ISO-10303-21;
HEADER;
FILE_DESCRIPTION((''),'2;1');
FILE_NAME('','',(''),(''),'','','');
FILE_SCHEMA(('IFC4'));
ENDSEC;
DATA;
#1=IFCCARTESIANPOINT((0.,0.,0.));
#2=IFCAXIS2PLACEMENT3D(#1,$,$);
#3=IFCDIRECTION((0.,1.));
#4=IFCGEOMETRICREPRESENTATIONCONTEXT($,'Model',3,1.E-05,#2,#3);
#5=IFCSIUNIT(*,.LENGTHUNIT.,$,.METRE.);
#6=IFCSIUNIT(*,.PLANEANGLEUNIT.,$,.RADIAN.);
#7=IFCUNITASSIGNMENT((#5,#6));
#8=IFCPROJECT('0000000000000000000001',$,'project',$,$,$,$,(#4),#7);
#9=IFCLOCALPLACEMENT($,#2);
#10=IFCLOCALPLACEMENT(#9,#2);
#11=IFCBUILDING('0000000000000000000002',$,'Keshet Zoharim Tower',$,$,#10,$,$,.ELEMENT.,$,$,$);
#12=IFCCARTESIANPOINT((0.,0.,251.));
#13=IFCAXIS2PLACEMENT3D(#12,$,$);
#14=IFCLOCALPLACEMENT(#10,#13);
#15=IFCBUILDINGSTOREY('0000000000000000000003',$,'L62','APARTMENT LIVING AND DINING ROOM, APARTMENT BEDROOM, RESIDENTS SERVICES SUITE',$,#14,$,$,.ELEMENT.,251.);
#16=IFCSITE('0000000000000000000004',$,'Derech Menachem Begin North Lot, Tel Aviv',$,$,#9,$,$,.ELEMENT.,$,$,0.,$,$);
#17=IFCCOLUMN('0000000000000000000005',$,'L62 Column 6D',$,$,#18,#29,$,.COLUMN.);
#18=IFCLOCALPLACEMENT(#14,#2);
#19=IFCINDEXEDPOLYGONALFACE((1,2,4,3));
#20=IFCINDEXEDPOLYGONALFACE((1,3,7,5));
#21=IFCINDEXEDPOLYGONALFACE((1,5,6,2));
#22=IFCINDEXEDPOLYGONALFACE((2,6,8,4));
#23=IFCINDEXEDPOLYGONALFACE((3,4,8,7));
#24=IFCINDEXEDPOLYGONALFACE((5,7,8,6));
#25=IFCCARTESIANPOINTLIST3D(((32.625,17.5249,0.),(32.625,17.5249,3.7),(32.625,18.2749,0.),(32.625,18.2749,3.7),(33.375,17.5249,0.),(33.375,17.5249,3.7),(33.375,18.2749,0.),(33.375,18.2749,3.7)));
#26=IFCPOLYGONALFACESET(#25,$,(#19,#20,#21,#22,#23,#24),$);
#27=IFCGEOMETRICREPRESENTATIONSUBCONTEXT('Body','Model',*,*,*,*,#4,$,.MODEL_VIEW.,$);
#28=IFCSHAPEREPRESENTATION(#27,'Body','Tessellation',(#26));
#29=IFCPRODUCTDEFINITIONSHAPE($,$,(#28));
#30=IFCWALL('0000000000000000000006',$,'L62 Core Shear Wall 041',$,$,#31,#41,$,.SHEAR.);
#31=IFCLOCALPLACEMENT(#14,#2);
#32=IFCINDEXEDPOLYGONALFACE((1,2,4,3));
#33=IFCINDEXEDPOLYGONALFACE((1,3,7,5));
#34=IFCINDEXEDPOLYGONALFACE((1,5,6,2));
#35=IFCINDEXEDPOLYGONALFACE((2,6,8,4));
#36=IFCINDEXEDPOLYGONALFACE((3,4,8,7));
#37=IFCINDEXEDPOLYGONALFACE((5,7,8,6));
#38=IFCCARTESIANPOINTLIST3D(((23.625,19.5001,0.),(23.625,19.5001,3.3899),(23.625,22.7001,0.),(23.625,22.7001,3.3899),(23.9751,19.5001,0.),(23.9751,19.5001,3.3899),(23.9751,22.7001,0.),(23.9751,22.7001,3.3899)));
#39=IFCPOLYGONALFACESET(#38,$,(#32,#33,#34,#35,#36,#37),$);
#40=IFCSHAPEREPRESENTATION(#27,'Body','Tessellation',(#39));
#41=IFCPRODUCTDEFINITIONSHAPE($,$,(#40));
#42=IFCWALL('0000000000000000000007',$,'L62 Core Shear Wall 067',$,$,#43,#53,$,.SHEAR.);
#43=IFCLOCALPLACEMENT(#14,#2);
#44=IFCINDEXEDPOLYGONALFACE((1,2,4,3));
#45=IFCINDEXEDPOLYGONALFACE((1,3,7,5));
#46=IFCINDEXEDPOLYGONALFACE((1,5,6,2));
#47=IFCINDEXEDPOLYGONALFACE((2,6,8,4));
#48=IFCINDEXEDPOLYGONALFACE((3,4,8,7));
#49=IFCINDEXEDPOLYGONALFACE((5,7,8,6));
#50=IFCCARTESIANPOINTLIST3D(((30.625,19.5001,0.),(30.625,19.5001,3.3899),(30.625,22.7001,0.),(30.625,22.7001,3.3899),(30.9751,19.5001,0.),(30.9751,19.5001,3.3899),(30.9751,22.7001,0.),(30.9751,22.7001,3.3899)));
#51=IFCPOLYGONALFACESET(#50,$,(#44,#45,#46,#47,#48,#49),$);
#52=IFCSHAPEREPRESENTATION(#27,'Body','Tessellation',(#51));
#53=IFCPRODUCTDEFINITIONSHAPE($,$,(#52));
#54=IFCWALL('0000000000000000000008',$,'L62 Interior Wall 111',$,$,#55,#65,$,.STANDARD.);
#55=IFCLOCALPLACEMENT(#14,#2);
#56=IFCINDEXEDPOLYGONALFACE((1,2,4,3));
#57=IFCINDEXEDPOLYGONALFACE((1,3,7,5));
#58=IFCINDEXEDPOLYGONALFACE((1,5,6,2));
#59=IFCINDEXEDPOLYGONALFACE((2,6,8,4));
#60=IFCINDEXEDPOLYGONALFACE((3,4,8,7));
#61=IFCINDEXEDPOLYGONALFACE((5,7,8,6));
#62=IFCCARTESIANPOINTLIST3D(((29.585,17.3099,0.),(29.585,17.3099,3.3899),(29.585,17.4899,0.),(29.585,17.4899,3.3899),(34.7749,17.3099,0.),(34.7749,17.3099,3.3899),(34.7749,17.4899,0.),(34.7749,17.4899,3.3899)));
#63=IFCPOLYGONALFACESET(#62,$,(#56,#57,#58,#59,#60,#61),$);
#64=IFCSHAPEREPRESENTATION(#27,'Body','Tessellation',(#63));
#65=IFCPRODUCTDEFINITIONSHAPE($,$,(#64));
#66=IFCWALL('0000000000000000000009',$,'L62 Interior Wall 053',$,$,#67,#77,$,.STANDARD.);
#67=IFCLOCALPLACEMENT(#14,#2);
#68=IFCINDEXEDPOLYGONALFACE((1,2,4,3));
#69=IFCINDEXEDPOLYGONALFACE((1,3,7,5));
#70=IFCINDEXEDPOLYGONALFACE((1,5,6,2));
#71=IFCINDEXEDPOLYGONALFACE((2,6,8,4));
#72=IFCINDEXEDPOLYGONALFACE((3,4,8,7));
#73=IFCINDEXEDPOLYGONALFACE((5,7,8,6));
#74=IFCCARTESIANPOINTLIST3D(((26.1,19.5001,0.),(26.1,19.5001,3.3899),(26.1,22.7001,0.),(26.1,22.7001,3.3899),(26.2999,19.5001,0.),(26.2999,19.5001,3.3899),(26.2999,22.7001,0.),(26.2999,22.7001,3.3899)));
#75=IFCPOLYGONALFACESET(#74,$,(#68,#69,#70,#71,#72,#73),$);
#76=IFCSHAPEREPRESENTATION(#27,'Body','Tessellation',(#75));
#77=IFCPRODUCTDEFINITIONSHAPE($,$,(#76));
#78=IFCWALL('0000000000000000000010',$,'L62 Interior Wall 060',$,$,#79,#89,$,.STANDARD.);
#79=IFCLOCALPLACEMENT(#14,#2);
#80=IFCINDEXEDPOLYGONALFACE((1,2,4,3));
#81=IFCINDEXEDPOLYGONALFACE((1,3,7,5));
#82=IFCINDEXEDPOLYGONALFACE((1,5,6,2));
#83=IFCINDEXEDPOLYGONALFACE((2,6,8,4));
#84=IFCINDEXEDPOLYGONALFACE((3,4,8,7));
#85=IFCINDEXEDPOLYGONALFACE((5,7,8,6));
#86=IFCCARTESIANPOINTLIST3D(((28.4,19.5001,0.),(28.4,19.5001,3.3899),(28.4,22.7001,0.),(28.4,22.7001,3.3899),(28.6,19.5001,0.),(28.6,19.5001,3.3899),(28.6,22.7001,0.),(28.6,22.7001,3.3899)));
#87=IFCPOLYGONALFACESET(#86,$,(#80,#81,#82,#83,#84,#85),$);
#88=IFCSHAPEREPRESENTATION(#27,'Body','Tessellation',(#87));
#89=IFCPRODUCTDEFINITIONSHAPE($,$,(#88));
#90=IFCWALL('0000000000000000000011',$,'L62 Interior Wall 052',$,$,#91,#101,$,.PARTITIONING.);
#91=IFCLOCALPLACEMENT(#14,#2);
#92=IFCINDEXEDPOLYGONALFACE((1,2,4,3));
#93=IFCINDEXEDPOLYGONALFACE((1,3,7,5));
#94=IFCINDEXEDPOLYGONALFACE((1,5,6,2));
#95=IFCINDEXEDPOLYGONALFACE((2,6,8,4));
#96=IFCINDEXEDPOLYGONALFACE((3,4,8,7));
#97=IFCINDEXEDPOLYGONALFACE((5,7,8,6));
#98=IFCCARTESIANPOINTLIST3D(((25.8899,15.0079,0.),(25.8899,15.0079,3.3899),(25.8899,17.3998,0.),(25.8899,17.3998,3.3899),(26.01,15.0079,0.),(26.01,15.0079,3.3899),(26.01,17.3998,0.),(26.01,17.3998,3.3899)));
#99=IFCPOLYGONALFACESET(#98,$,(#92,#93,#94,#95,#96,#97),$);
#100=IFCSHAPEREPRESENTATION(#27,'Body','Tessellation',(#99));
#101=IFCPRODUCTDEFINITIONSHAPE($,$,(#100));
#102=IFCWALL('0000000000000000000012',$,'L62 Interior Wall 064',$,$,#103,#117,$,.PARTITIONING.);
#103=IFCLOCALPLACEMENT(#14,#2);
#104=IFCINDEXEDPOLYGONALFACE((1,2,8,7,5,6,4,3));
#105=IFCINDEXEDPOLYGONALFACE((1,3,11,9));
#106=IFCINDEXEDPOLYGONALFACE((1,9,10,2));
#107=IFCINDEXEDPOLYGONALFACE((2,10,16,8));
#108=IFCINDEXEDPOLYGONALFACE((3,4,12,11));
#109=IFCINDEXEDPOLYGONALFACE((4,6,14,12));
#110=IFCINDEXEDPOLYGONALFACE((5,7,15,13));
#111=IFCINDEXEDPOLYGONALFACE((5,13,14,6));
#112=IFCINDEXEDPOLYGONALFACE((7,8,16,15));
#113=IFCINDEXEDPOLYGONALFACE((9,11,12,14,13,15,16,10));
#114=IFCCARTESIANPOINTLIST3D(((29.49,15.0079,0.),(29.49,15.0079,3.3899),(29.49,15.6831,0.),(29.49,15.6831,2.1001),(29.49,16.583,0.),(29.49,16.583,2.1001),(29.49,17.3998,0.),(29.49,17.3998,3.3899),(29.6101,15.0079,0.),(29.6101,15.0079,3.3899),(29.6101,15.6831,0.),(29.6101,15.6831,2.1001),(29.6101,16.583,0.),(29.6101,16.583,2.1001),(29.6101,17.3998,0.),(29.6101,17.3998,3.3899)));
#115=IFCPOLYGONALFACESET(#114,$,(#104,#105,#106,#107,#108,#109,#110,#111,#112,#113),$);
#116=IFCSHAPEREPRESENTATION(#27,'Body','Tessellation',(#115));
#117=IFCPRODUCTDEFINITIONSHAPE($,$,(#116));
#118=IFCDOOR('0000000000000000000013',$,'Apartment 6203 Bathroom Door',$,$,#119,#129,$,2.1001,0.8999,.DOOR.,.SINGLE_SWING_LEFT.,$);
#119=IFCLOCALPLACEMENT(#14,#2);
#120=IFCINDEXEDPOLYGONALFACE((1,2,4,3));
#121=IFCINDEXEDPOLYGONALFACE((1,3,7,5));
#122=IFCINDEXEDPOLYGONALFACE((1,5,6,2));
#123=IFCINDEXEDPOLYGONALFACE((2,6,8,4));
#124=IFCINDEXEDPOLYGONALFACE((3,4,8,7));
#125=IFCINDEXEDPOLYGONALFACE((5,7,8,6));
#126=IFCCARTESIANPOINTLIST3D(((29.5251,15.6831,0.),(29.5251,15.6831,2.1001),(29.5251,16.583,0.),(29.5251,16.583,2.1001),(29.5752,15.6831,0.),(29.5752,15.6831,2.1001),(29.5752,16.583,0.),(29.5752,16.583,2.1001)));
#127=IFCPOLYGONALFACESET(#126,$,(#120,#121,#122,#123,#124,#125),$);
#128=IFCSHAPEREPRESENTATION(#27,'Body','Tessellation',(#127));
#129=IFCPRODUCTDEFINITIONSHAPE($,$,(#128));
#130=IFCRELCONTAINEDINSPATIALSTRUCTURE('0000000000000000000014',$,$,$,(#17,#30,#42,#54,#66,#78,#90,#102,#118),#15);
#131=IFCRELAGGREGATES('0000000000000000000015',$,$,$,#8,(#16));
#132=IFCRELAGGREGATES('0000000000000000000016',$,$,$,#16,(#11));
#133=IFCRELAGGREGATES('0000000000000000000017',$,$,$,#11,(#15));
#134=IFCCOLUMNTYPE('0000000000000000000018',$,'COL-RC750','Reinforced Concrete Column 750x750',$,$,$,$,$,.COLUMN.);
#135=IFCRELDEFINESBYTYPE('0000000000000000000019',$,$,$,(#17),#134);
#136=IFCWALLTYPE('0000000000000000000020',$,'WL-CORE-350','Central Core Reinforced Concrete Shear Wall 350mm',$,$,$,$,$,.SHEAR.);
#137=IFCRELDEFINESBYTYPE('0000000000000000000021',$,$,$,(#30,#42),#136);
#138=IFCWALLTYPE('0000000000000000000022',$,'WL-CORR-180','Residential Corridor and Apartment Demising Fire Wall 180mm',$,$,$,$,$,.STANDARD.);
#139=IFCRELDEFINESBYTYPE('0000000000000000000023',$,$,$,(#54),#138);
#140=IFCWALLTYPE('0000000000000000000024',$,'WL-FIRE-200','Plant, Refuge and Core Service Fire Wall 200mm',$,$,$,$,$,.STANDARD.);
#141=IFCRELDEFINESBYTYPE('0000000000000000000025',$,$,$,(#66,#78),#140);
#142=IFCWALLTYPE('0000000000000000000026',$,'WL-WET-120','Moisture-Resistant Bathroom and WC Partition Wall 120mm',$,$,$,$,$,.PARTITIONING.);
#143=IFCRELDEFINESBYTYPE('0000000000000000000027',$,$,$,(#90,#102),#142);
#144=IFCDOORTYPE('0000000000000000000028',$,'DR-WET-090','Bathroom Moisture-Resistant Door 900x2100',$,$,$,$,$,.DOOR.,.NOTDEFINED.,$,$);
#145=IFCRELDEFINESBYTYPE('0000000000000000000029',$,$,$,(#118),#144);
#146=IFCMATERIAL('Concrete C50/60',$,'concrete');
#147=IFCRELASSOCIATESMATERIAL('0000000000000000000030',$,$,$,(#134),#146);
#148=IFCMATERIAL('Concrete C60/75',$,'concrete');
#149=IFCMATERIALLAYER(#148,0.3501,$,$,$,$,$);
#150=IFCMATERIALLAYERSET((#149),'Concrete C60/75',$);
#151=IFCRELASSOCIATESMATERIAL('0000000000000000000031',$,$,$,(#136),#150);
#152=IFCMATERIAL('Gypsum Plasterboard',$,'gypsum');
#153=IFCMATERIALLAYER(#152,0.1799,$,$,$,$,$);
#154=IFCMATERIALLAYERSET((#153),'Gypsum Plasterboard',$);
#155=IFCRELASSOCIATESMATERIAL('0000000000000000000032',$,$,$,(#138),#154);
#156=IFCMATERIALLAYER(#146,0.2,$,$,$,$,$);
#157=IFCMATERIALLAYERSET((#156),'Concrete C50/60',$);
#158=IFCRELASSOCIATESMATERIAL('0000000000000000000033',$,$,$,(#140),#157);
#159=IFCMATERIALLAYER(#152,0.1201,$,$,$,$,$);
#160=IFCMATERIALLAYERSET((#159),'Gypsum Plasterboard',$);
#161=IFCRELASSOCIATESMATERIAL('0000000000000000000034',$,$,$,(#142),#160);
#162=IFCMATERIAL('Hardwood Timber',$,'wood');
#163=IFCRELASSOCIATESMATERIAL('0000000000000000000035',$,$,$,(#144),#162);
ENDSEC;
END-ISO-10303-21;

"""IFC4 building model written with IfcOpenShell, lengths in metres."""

from ifc_helpers import new_model, si_unit, direction, frame, frame_2d, origin, origin_2d, place, context, subcontext, project, spatial, rectangle, extrude, material, layer, layer_set, material_profile, profile_set, type_object, element, fill, save


model = new_model("IFC4")

# Units and contexts
model_context = context("Model", 3, precision=1e-05, world=origin(), true_north=direction((0.0, 1.0)))
body_context = subcontext(model_context, "Body", "Model", "MODEL_VIEW")
ifc_project = project(units=[si_unit("LENGTHUNIT", "METRE"), si_unit("PLANEANGLEUNIT", "RADIAN")], contexts=[model_context])

# Site, building, storey
site_placement = place(None, origin())
site = spatial("IfcSite", under=ifc_project, at=site_placement, Name="Derech Menachem Begin North Lot, Tel Aviv", CompositionType="ELEMENT", RefElevation=0.0)
building_placement = place(site_placement, origin())
building = spatial("IfcBuilding", under=site, at=building_placement, Name="Keshet Zoharim Tower", CompositionType="ELEMENT")
storey_placement = place(building_placement, frame((0.0, 0.0, 251.0)))
storey = spatial("IfcBuildingStorey", under=building, at=storey_placement, Name="L62", Description="APARTMENT LIVING AND DINING ROOM, APARTMENT BEDROOM, RESIDENTS SERVICES SUITE", CompositionType="ELEMENT", Elevation=251.0)

# Column
ifc_material_1 = material(Name="Concrete C50/60", Category="concrete")
ifc_material_profile = material_profile(ifc_material_1, rectangle(XDim=0.75, YDim=0.75, at=origin_2d()), Name="RC750x750")
ifc_profile_set = profile_set([ifc_material_profile], Name="Concrete C50/60")
column_type = type_object("IfcColumnType", Name="COL-RC750", Description="Reinforced Concrete Column 750x750", PredefinedType="COLUMN", material=ifc_profile_set)
column_placement = place(storey_placement, frame((33.0, 17.8999, 0.0), z_axis=(0.0, 0.0, 1.0), x_axis=(1.0, 0.0, 0.0)))
element("IfcColumn", 1, at=column_placement, inside=storey, type_object=column_type, Name="L62 Column 6D", PredefinedType="COLUMN", context=body_context, shape_type="SweptSolid", body=[
    extrude(rectangle(XDim=0.75, YDim=0.75, at=origin_2d()), origin(), (0.0, 0.0, 1.0), 3.7),
])

# Wall
ifc_material_2 = material(Name="Concrete C60/75", Category="concrete")
ifc_layer_1 = layer(ifc_material_2, 0.3501)
ifc_layer_set_1 = layer_set([ifc_layer_1], Name="Concrete C60/75")
wall_type_1 = type_object("IfcWallType", Name="WL-CORE-350", Description="Central Core Reinforced Concrete Shear Wall 350mm", PredefinedType="SHEAR", material=ifc_layer_set_1)
wall_1_placement = place(storey_placement, frame((23.8, 19.5, 0.0), z_axis=(0.0, 0.0, 1.0), x_axis=(0.0, 1.0, 0.0)))
element("IfcWall", 2, at=wall_1_placement, inside=storey, type_object=wall_type_1, Name="L62 Core Shear Wall 041", PredefinedType="SHEAR", context=body_context, shape_type="SweptSolid", body=[
    extrude(rectangle(XDim=3.2, YDim=0.3501, at=frame_2d((1.6001, 0.0))), origin(), (0.0, 0.0, 1.0), 3.3899),
])

# Shared definitions
ifc_material_3 = material(Name="Hardwood Timber", Category="wood")

# Wall
wall_2_placement = place(storey_placement, frame((30.8, 19.5, 0.0), z_axis=(0.0, 0.0, 1.0), x_axis=(0.0, 1.0, 0.0)))
element("IfcWall", 3, at=wall_2_placement, inside=storey, type_object=wall_type_1, Name="L62 Core Shear Wall 067", PredefinedType="SHEAR", context=body_context, shape_type="SweptSolid", body=[
    extrude(rectangle(XDim=3.2, YDim=0.3501, at=frame_2d((1.6001, 0.0))), origin(), (0.0, 0.0, 1.0), 3.3899),
])

# Shared definitions
ifc_material_4 = material(Name="Gypsum Plasterboard", Category="gypsum")
ifc_layer_2 = layer(ifc_material_4, 0.1799)
ifc_layer_set_2 = layer_set([ifc_layer_2], Name="Gypsum Plasterboard")
wall_type_2 = type_object("IfcWallType", Name="WL-CORR-180", Description="Residential Corridor and Apartment Demising Fire Wall 180mm", PredefinedType="STANDARD", material=ifc_layer_set_2)

# Walls
wall_3_placement = place(storey_placement, frame((29.585, 17.3999, 0.0), z_axis=(0.0, 0.0, 1.0), x_axis=(1.0, 0.0, 0.0)))
element("IfcWall", 4, at=wall_3_placement, inside=storey, type_object=wall_type_2, Name="L62 Interior Wall 111", PredefinedType="STANDARD", context=body_context, shape_type="SweptSolid", body=[
    extrude(rectangle(XDim=5.1899, YDim=0.1799, at=frame_2d((2.595, 0.0))), origin(), (0.0, 0.0, 1.0), 3.3899),
])
ifc_layer_3 = layer(ifc_material_1, 0.2)
ifc_layer_set_3 = layer_set([ifc_layer_3], Name="Concrete C50/60")
wall_type_3 = type_object("IfcWallType", Name="WL-FIRE-200", Description="Plant, Refuge and Core Service Fire Wall 200mm", PredefinedType="STANDARD", material=ifc_layer_set_3)
for number, where, z_axis, x_axis, name in (
    (5, (26.2, 19.5, 0.0), (0.0, 0.0, 1.0), (0.0, 1.0, 0.0), "L62 Interior Wall 053"),
    (6, (28.5, 19.5, 0.0), (0.0, 0.0, 1.0), (0.0, 1.0, 0.0), "L62 Interior Wall 060"),
):
    element("IfcWall", number, at=place(storey_placement, frame(where, z_axis=z_axis, x_axis=x_axis)), inside=storey, type_object=wall_type_3, Name=name, PredefinedType="STANDARD", context=body_context, shape_type="SweptSolid", body=[
        extrude(rectangle(XDim=3.2, YDim=0.2, at=frame_2d((1.6001, 0.0))), origin(), (0.0, 0.0, 1.0), 3.3899),
    ])

# Wall
ifc_layer_4 = layer(ifc_material_4, 0.1201)
ifc_layer_set_4 = layer_set([ifc_layer_4], Name="Gypsum Plasterboard")
wall_type_4 = type_object("IfcWallType", Name="WL-WET-120", Description="Moisture-Resistant Bathroom and WC Partition Wall 120mm", PredefinedType="PARTITIONING", material=ifc_layer_set_4)
wall_4_placement = place(storey_placement, frame((25.95, 15.0081, 0.0), z_axis=(0.0, 0.0, 1.0), x_axis=(0.0, 1.0, 0.0)))
element("IfcWall", 7, at=wall_4_placement, inside=storey, type_object=wall_type_4, Name="L62 Interior Wall 052", PredefinedType="PARTITIONING", context=body_context, shape_type="SweptSolid", body=[
    extrude(rectangle(XDim=2.3918, YDim=0.1201, at=frame_2d((1.1958, 0.0))), origin(), (0.0, 0.0, 1.0), 3.3899),
])

# Wall, opening, door
wall_5_placement = place(storey_placement, frame((29.55, 15.0081, 0.0), z_axis=(0.0, 0.0, 1.0), x_axis=(0.0, 1.0, 0.0)))
wall_5 = element("IfcWall", 8, at=wall_5_placement, inside=storey, type_object=wall_type_4, Name="L62 Interior Wall 064", PredefinedType="PARTITIONING", context=body_context, shape_type="SweptSolid", body=[
    extrude(rectangle(XDim=2.3918, YDim=0.1201, at=frame_2d((1.1958, 0.0))), origin(), (0.0, 0.0, 1.0), 3.3899),
])
opening_1_placement = place(wall_5_placement, frame((0.675, 0.0, 0.0)))
opening_1 = element("IfcOpeningElement", 9, at=opening_1_placement, cuts=wall_5, PredefinedType="OPENING", context=body_context, shape_type="SweptSolid", body=[
    extrude(rectangle(XDim=0.8999, YDim=2.1001, at=frame_2d((0.45, 1.05))), frame((0.0, 0.0701, 0.0), z_axis=(0.0, -1.0, 0.0), x_axis=(1.0, 0.0, 0.0)), (0.0, 0.0, 1.0), 0.1401),
])
door_type_1 = type_object("IfcDoorType", Name="DR-WET-090", Description="Bathroom Moisture-Resistant Door 900x2100", OperationType="NOTDEFINED", PredefinedType="DOOR", material=ifc_material_3)
door_1_placement = place(opening_1_placement, origin())
door_1 = element("IfcDoor", 10, at=door_1_placement, inside=storey, type_object=door_type_1, Name="Apartment 6203 Bathroom Door", OperationType="SINGLE_SWING_LEFT", OverallHeight=2.1001, OverallWidth=0.8999, PredefinedType="DOOR", context=body_context, shape_type="SweptSolid", body=[
    extrude(rectangle(XDim=0.8999, YDim=2.1001, at=frame_2d((0.45, 1.05))), frame((0.0, 0.0249, 0.0), z_axis=(0.0, -1.0, 0.0), x_axis=(1.0, 0.0, 0.0)), (0.0, 0.0, 1.0), 0.05),
])
fill(opening_1, door_1)

save(model, "model.ifc")
